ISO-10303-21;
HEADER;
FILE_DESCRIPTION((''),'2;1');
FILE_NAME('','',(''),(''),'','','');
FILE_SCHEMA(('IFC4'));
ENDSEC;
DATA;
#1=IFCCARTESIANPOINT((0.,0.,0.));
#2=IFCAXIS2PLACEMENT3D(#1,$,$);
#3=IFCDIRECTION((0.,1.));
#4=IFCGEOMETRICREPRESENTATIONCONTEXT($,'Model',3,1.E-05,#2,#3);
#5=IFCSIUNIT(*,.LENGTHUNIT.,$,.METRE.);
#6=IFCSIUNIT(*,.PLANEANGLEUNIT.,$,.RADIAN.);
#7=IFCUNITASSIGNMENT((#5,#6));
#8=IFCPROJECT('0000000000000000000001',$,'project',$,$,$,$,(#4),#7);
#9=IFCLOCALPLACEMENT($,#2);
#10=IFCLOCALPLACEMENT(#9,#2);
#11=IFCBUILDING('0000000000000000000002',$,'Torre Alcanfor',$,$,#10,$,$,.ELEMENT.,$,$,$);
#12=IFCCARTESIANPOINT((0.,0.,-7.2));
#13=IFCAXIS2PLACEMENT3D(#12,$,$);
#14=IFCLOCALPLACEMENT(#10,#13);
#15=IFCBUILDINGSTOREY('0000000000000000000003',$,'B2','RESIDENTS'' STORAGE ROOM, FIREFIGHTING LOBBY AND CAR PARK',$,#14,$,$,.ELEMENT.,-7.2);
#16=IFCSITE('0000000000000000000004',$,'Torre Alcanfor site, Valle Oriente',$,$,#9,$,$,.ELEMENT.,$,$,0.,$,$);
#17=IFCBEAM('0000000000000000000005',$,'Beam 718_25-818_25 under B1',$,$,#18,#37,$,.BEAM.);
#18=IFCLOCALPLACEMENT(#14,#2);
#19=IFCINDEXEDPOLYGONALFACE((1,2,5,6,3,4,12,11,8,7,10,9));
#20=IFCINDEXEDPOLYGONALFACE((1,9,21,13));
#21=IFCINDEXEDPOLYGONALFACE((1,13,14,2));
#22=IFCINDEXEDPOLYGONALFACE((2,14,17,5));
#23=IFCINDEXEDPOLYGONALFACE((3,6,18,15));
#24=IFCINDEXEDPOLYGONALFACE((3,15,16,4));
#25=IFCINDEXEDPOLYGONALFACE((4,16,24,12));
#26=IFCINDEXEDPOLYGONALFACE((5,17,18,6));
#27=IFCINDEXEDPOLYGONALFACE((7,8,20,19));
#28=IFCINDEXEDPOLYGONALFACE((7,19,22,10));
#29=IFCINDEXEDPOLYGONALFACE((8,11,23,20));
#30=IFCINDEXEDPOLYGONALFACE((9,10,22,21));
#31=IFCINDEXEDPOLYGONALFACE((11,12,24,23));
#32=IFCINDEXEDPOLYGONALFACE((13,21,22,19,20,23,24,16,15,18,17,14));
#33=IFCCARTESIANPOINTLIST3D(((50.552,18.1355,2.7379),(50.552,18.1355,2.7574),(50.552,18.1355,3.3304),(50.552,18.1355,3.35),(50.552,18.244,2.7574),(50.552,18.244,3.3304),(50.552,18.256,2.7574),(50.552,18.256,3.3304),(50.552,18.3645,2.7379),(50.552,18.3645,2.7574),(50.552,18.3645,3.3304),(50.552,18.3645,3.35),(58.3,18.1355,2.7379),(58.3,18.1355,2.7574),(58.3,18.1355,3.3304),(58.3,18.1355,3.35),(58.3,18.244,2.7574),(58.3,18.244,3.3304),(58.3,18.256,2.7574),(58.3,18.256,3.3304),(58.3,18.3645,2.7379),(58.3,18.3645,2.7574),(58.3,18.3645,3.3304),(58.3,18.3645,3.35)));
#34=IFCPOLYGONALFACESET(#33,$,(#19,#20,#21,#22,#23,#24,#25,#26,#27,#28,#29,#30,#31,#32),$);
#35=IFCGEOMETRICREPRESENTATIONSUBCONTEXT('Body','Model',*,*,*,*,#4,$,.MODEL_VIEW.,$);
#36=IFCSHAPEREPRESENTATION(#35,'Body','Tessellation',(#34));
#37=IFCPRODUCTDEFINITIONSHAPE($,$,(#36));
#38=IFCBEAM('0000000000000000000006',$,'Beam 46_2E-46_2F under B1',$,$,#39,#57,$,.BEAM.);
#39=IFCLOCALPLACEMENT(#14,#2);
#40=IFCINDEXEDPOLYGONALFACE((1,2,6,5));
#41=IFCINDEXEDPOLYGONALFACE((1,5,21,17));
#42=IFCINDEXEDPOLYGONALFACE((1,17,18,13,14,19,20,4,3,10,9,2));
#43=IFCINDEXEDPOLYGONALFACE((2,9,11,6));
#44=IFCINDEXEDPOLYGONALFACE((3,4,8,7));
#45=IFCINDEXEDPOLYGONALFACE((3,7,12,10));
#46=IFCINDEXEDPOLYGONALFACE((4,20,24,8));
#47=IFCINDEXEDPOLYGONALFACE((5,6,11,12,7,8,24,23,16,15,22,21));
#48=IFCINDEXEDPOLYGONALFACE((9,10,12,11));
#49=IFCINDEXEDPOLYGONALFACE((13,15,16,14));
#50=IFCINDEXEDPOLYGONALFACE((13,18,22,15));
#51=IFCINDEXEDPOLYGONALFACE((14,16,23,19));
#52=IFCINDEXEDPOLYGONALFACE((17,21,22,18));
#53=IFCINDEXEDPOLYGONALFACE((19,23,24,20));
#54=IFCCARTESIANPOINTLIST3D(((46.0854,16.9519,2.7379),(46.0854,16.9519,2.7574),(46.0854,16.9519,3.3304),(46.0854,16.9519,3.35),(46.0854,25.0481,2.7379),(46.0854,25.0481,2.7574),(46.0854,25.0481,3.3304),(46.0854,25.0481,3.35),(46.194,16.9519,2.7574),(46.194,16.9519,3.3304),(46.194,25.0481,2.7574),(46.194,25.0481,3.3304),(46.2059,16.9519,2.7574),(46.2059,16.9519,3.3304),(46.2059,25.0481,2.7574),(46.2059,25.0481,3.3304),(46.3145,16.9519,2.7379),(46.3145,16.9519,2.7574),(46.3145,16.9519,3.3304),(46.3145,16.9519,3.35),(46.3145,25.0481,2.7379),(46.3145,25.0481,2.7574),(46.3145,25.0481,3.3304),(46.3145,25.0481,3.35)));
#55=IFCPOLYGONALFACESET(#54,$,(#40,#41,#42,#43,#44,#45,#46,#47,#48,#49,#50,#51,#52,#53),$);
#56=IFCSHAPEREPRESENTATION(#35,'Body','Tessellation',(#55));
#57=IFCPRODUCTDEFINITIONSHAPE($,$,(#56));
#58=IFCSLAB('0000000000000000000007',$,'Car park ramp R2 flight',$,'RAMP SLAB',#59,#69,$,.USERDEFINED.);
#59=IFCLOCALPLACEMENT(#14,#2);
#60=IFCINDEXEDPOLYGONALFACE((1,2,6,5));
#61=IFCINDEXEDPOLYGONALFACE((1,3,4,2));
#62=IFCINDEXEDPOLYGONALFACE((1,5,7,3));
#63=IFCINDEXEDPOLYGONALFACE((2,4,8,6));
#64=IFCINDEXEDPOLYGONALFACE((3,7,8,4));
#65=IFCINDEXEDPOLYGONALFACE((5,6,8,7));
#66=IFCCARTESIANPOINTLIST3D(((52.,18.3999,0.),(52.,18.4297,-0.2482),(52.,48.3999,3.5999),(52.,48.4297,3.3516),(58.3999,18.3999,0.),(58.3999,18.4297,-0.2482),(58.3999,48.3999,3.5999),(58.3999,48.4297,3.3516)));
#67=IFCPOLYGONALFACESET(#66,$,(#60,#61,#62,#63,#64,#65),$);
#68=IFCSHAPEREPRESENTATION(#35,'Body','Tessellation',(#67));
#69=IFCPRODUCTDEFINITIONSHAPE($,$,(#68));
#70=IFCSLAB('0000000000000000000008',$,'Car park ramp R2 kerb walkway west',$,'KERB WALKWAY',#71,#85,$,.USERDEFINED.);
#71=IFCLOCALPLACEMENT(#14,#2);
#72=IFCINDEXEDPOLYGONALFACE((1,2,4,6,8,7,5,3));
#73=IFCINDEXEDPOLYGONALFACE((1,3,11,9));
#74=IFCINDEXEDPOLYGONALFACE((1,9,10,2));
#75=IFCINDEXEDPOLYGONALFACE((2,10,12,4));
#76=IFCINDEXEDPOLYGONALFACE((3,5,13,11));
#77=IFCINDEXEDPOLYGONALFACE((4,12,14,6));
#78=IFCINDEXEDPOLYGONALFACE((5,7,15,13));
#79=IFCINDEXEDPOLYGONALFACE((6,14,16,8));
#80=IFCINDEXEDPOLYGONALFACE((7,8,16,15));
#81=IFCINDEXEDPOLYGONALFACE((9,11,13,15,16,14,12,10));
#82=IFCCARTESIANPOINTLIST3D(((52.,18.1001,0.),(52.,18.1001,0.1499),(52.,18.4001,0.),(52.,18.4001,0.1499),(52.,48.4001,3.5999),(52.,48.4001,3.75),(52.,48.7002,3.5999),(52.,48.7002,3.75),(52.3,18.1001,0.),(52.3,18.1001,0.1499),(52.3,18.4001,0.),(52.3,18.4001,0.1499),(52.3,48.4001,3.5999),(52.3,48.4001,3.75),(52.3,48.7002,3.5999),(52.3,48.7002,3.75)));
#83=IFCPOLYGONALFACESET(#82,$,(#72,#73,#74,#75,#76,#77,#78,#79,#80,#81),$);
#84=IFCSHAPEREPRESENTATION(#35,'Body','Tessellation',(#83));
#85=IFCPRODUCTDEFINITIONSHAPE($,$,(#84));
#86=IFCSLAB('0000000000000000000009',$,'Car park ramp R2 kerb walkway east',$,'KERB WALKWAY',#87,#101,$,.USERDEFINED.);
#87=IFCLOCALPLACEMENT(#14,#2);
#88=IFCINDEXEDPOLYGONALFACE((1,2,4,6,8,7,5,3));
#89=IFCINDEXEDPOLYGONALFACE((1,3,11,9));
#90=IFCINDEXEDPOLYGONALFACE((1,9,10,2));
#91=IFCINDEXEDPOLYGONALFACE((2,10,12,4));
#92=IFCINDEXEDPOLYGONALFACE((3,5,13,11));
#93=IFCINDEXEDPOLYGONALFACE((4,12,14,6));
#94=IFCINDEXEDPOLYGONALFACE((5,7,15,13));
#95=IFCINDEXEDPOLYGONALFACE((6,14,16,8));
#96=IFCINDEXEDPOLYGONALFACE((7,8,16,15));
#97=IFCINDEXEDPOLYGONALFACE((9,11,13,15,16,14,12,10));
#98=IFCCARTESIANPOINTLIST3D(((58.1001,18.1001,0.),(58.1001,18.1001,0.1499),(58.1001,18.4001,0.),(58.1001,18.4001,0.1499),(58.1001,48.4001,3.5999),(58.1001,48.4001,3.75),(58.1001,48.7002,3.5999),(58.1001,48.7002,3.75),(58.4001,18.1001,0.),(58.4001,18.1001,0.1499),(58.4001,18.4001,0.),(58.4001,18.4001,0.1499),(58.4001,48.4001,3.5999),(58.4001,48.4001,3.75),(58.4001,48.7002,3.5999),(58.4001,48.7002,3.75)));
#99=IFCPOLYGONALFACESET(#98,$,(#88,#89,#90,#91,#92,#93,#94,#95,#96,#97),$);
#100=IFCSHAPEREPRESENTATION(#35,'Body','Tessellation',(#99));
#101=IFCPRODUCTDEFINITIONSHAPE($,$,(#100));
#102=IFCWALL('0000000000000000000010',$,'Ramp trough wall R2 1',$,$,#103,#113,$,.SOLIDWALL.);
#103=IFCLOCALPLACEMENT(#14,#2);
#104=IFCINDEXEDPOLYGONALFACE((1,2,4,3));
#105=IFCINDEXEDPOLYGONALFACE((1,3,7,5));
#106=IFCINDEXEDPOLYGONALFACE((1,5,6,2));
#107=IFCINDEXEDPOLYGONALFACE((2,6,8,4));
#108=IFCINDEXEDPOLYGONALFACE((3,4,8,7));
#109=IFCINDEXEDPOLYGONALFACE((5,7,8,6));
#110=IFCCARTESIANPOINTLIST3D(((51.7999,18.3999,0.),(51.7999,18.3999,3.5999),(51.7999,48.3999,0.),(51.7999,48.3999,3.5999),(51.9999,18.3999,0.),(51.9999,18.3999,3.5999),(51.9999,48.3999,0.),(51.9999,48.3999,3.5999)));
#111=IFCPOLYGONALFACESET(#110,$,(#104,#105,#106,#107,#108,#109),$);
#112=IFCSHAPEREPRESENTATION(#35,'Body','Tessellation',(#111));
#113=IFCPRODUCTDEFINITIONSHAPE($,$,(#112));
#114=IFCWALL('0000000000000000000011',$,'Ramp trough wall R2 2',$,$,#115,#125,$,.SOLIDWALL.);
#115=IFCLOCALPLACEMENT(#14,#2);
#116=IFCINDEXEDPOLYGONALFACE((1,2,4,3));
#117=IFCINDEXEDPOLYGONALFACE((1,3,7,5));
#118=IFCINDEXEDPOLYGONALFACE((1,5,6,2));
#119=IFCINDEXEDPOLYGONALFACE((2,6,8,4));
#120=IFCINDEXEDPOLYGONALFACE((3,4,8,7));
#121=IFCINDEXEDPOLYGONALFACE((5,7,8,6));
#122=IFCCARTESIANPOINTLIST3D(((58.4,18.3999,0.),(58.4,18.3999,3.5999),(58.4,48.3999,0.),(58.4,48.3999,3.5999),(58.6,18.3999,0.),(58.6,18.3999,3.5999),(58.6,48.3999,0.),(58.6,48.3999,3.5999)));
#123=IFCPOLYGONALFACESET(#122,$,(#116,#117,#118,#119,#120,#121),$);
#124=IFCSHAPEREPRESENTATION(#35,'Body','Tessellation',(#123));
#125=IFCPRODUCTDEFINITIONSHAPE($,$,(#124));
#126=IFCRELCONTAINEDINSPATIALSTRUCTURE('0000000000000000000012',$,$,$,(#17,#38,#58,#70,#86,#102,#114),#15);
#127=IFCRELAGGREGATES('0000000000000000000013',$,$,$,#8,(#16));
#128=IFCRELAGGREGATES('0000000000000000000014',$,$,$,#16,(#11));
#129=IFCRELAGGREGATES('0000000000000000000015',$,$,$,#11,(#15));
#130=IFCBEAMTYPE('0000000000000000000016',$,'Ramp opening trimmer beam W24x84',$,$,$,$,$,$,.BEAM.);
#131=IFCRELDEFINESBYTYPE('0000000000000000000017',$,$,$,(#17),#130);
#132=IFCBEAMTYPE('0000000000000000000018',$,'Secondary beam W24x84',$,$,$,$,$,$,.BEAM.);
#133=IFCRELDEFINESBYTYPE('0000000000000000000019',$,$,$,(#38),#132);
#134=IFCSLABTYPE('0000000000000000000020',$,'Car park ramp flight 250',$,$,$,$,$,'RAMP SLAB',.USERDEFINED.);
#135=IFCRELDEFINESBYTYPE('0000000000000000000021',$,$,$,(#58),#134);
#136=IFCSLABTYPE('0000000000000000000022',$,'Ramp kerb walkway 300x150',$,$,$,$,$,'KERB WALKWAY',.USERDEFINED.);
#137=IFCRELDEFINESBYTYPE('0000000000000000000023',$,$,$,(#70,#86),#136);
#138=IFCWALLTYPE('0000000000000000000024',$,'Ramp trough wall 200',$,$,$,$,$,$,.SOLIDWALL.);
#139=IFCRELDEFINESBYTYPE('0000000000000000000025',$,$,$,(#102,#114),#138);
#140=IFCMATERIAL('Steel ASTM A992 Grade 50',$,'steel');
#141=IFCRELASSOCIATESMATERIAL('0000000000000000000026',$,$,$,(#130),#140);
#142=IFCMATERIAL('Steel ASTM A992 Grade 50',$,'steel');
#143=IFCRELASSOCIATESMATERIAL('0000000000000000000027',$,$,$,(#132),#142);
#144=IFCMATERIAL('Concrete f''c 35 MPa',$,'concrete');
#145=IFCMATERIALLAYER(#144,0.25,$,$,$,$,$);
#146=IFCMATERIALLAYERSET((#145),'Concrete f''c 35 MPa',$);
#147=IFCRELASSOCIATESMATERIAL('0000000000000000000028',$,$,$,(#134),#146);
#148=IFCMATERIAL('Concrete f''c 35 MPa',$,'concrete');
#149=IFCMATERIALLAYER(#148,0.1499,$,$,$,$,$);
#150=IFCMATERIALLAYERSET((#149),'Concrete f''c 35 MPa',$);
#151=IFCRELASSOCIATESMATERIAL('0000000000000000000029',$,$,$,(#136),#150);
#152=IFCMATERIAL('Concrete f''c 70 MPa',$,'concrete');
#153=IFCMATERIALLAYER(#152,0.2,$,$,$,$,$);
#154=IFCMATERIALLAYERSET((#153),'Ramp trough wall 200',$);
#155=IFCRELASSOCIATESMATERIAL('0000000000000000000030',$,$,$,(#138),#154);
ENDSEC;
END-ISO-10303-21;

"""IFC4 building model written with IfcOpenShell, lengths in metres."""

from ifc_helpers import new_model, si_unit, direction, frame, frame_2d, origin, origin_2d, place, context, subcontext, project, spatial, polyline, rectangle, i_section, outline, extrude, material, layer, layer_set, material_profile, profile_set, type_object, element, save


model = new_model("IFC4")

# Units and contexts
model_context = context("Model", 3, precision=1e-05, world=origin(), true_north=direction((0.0, 1.0)))
body_context = subcontext(model_context, "Body", "Model", "MODEL_VIEW")
ifc_project = project(units=[si_unit("LENGTHUNIT", "METRE"), si_unit("PLANEANGLEUNIT", "RADIAN")], contexts=[model_context])

# Site, building, storey
site_placement = place(None, origin())
site = spatial("IfcSite", under=ifc_project, at=site_placement, Name="Torre Alcanfor site, Valle Oriente", CompositionType="ELEMENT", RefElevation=0.0)
building_placement = place(site_placement, origin())
building = spatial("IfcBuilding", under=site, at=building_placement, Name="Torre Alcanfor", CompositionType="ELEMENT")
storey_placement = place(building_placement, frame((0.0, 0.0, -7.2)))
storey = spatial("IfcBuildingStorey", under=building, at=storey_placement, Name="B2", Description="RESIDENTS' STORAGE ROOM, FIREFIGHTING LOBBY AND CAR PARK", CompositionType="ELEMENT", Elevation=-7.2)

# Beams
ifc_material_1 = material(Name="Steel ASTM A992 Grade 50", Category="steel")
ifc_material_profile_1 = material_profile(ifc_material_1, i_section(OverallWidth=0.229, OverallDepth=0.6121, WebThickness=0.012, FlangeThickness=0.0195, at=origin_2d()), Name="W24x84")
ifc_profile_set_1 = profile_set([ifc_material_profile_1], Name="Steel ASTM A992 Grade 50")
beam_type_1 = type_object("IfcBeamType", Name="Ramp opening trimmer beam W24x84", PredefinedType="BEAM", material=ifc_profile_set_1)
beam_1_placement = place(storey_placement, frame((50.552, 18.25, 3.0439), z_axis=(1.0, 0.0, 0.0), x_axis=(0.0, 1.0, 0.0)))
element("IfcBeam", 1, at=beam_1_placement, inside=storey, type_object=beam_type_1, Name="Beam 718_25-818_25 under B1", PredefinedType="BEAM", context=body_context, shape_type="SweptSolid", body=[
    extrude(i_section(OverallWidth=0.229, OverallDepth=0.6121, WebThickness=0.012, FlangeThickness=0.0195, at=origin_2d()), origin(), (0.0, 0.0, 1.0), 7.748),
])
ifc_material_2 = material(Name="Steel ASTM A992 Grade 50", Category="steel")
ifc_material_profile_2 = material_profile(ifc_material_2, i_section(OverallWidth=0.229, OverallDepth=0.6121, WebThickness=0.012, FlangeThickness=0.0195, at=origin_2d()), Name="W24x84")
ifc_profile_set_2 = profile_set([ifc_material_profile_2], Name="Steel ASTM A992 Grade 50")
beam_type_2 = type_object("IfcBeamType", Name="Secondary beam W24x84", PredefinedType="BEAM", material=ifc_profile_set_2)
beam_2_placement = place(storey_placement, frame((46.2, 16.9519, 3.0439), z_axis=(0.0, 1.0, 0.0), x_axis=(-1.0, 0.0, 0.0)))
element("IfcBeam", 2, at=beam_2_placement, inside=storey, type_object=beam_type_2, Name="Beam 46_2E-46_2F under B1", PredefinedType="BEAM", context=body_context, shape_type="SweptSolid", body=[
    extrude(i_section(OverallWidth=0.229, OverallDepth=0.6121, WebThickness=0.012, FlangeThickness=0.0195, at=origin_2d()), origin(), (0.0, 0.0, 1.0), 8.0962),
])

# Slabs
ifc_material_3 = material(Name="Concrete f'c 35 MPa", Category="concrete")
ifc_layer_1 = layer(ifc_material_3, 0.25)
ifc_layer_set_1 = layer_set([ifc_layer_1], Name="Concrete f'c 35 MPa")
slab_type_1 = type_object("IfcSlabType", Name="Car park ramp flight 250", ElementType="RAMP SLAB", PredefinedType="USERDEFINED", material=ifc_layer_set_1)
slab_placement = place(storey_placement, frame((52.0, 18.3999, 0.0), z_axis=(0.0, -0.11914, 0.992877), x_axis=(1.0, 0.0, 0.0)))
element("IfcSlab", 3, at=slab_placement, inside=storey, type_object=slab_type_1, Name="Car park ramp R2 flight", ObjectType="RAMP SLAB", PredefinedType="USERDEFINED", context=body_context, shape_type="SweptSolid", body=[
    extrude(outline(polyline([(0.0, 0.0), (6.3999, 0.0), (6.3999, 30.2152), (0.0, 30.2152), (0.0, 0.0)])), origin(), (0.0, 0.0, -1.0), 0.25),
])
ifc_material_4 = material(Name="Concrete f'c 35 MPa", Category="concrete")
ifc_layer_2 = layer(ifc_material_4, 0.1499)
ifc_layer_set_2 = layer_set([ifc_layer_2], Name="Concrete f'c 35 MPa")
slab_type_2 = type_object("IfcSlabType", Name="Ramp kerb walkway 300x150", ElementType="KERB WALKWAY", PredefinedType="USERDEFINED", material=ifc_layer_set_2)
for number, where, z_axis, x_axis, name in (
    (4, (52.1499, 18.1001, 0.0), (0.0, 0.0, 1.0), (0.0, 1.0, 0.0), "Car park ramp R2 kerb walkway west"),
    (5, (58.25, 18.1001, 0.0), (0.0, 0.0, 1.0), (0.0, 1.0, 0.0), "Car park ramp R2 kerb walkway east"),
):
    element("IfcSlab", number, at=place(storey_placement, frame(where, z_axis=z_axis, x_axis=x_axis)), inside=storey, type_object=slab_type_2, Name=name, ObjectType="KERB WALKWAY", PredefinedType="USERDEFINED", context=body_context, shape_type="SweptSolid", body=[
        extrude(outline(polyline([(0.0, 0.0), (0.3, 0.0), (30.3, 3.5999), (30.6001, 3.5999), (30.6001, 3.75), (30.3, 3.75), (0.3, 0.1499), (0.0, 0.1499), (0.0, 0.0)])), frame((0.0, 0.1499, 0.0), z_axis=(0.0, -1.0, 0.0), x_axis=(1.0, 0.0, 0.0)), (0.0, 0.0, 1.0), 0.3),
    ])

# Walls
ifc_material_5 = material(Name="Concrete f'c 70 MPa", Category="concrete")
ifc_layer_3 = layer(ifc_material_5, 0.2)
ifc_layer_set_3 = layer_set([ifc_layer_3], Name="Ramp trough wall 200")
wall_type = type_object("IfcWallType", Name="Ramp trough wall 200", PredefinedType="SOLIDWALL", material=ifc_layer_set_3)
for number, where, z_axis, x_axis, name in (
    (6, (51.8999, 18.3999, 0.0), (0.0, 0.0, 1.0), (0.0, 1.0, 0.0), "Ramp trough wall R2 1"),
    (7, (58.5, 18.3999, 0.0), (0.0, 0.0, 1.0), (0.0, 1.0, 0.0), "Ramp trough wall R2 2"),
):
    element("IfcWall", number, at=place(storey_placement, frame(where, z_axis=z_axis, x_axis=x_axis)), inside=storey, type_object=wall_type, Name=name, PredefinedType="SOLIDWALL", context=body_context, shape_type="SweptSolid", body=[
        extrude(rectangle(XDim=30.0, YDim=0.2, at=frame_2d((15.0, 0.0))), origin(), (0.0, 0.0, 1.0), 3.5999),
    ])

save(model, "model.ifc")
